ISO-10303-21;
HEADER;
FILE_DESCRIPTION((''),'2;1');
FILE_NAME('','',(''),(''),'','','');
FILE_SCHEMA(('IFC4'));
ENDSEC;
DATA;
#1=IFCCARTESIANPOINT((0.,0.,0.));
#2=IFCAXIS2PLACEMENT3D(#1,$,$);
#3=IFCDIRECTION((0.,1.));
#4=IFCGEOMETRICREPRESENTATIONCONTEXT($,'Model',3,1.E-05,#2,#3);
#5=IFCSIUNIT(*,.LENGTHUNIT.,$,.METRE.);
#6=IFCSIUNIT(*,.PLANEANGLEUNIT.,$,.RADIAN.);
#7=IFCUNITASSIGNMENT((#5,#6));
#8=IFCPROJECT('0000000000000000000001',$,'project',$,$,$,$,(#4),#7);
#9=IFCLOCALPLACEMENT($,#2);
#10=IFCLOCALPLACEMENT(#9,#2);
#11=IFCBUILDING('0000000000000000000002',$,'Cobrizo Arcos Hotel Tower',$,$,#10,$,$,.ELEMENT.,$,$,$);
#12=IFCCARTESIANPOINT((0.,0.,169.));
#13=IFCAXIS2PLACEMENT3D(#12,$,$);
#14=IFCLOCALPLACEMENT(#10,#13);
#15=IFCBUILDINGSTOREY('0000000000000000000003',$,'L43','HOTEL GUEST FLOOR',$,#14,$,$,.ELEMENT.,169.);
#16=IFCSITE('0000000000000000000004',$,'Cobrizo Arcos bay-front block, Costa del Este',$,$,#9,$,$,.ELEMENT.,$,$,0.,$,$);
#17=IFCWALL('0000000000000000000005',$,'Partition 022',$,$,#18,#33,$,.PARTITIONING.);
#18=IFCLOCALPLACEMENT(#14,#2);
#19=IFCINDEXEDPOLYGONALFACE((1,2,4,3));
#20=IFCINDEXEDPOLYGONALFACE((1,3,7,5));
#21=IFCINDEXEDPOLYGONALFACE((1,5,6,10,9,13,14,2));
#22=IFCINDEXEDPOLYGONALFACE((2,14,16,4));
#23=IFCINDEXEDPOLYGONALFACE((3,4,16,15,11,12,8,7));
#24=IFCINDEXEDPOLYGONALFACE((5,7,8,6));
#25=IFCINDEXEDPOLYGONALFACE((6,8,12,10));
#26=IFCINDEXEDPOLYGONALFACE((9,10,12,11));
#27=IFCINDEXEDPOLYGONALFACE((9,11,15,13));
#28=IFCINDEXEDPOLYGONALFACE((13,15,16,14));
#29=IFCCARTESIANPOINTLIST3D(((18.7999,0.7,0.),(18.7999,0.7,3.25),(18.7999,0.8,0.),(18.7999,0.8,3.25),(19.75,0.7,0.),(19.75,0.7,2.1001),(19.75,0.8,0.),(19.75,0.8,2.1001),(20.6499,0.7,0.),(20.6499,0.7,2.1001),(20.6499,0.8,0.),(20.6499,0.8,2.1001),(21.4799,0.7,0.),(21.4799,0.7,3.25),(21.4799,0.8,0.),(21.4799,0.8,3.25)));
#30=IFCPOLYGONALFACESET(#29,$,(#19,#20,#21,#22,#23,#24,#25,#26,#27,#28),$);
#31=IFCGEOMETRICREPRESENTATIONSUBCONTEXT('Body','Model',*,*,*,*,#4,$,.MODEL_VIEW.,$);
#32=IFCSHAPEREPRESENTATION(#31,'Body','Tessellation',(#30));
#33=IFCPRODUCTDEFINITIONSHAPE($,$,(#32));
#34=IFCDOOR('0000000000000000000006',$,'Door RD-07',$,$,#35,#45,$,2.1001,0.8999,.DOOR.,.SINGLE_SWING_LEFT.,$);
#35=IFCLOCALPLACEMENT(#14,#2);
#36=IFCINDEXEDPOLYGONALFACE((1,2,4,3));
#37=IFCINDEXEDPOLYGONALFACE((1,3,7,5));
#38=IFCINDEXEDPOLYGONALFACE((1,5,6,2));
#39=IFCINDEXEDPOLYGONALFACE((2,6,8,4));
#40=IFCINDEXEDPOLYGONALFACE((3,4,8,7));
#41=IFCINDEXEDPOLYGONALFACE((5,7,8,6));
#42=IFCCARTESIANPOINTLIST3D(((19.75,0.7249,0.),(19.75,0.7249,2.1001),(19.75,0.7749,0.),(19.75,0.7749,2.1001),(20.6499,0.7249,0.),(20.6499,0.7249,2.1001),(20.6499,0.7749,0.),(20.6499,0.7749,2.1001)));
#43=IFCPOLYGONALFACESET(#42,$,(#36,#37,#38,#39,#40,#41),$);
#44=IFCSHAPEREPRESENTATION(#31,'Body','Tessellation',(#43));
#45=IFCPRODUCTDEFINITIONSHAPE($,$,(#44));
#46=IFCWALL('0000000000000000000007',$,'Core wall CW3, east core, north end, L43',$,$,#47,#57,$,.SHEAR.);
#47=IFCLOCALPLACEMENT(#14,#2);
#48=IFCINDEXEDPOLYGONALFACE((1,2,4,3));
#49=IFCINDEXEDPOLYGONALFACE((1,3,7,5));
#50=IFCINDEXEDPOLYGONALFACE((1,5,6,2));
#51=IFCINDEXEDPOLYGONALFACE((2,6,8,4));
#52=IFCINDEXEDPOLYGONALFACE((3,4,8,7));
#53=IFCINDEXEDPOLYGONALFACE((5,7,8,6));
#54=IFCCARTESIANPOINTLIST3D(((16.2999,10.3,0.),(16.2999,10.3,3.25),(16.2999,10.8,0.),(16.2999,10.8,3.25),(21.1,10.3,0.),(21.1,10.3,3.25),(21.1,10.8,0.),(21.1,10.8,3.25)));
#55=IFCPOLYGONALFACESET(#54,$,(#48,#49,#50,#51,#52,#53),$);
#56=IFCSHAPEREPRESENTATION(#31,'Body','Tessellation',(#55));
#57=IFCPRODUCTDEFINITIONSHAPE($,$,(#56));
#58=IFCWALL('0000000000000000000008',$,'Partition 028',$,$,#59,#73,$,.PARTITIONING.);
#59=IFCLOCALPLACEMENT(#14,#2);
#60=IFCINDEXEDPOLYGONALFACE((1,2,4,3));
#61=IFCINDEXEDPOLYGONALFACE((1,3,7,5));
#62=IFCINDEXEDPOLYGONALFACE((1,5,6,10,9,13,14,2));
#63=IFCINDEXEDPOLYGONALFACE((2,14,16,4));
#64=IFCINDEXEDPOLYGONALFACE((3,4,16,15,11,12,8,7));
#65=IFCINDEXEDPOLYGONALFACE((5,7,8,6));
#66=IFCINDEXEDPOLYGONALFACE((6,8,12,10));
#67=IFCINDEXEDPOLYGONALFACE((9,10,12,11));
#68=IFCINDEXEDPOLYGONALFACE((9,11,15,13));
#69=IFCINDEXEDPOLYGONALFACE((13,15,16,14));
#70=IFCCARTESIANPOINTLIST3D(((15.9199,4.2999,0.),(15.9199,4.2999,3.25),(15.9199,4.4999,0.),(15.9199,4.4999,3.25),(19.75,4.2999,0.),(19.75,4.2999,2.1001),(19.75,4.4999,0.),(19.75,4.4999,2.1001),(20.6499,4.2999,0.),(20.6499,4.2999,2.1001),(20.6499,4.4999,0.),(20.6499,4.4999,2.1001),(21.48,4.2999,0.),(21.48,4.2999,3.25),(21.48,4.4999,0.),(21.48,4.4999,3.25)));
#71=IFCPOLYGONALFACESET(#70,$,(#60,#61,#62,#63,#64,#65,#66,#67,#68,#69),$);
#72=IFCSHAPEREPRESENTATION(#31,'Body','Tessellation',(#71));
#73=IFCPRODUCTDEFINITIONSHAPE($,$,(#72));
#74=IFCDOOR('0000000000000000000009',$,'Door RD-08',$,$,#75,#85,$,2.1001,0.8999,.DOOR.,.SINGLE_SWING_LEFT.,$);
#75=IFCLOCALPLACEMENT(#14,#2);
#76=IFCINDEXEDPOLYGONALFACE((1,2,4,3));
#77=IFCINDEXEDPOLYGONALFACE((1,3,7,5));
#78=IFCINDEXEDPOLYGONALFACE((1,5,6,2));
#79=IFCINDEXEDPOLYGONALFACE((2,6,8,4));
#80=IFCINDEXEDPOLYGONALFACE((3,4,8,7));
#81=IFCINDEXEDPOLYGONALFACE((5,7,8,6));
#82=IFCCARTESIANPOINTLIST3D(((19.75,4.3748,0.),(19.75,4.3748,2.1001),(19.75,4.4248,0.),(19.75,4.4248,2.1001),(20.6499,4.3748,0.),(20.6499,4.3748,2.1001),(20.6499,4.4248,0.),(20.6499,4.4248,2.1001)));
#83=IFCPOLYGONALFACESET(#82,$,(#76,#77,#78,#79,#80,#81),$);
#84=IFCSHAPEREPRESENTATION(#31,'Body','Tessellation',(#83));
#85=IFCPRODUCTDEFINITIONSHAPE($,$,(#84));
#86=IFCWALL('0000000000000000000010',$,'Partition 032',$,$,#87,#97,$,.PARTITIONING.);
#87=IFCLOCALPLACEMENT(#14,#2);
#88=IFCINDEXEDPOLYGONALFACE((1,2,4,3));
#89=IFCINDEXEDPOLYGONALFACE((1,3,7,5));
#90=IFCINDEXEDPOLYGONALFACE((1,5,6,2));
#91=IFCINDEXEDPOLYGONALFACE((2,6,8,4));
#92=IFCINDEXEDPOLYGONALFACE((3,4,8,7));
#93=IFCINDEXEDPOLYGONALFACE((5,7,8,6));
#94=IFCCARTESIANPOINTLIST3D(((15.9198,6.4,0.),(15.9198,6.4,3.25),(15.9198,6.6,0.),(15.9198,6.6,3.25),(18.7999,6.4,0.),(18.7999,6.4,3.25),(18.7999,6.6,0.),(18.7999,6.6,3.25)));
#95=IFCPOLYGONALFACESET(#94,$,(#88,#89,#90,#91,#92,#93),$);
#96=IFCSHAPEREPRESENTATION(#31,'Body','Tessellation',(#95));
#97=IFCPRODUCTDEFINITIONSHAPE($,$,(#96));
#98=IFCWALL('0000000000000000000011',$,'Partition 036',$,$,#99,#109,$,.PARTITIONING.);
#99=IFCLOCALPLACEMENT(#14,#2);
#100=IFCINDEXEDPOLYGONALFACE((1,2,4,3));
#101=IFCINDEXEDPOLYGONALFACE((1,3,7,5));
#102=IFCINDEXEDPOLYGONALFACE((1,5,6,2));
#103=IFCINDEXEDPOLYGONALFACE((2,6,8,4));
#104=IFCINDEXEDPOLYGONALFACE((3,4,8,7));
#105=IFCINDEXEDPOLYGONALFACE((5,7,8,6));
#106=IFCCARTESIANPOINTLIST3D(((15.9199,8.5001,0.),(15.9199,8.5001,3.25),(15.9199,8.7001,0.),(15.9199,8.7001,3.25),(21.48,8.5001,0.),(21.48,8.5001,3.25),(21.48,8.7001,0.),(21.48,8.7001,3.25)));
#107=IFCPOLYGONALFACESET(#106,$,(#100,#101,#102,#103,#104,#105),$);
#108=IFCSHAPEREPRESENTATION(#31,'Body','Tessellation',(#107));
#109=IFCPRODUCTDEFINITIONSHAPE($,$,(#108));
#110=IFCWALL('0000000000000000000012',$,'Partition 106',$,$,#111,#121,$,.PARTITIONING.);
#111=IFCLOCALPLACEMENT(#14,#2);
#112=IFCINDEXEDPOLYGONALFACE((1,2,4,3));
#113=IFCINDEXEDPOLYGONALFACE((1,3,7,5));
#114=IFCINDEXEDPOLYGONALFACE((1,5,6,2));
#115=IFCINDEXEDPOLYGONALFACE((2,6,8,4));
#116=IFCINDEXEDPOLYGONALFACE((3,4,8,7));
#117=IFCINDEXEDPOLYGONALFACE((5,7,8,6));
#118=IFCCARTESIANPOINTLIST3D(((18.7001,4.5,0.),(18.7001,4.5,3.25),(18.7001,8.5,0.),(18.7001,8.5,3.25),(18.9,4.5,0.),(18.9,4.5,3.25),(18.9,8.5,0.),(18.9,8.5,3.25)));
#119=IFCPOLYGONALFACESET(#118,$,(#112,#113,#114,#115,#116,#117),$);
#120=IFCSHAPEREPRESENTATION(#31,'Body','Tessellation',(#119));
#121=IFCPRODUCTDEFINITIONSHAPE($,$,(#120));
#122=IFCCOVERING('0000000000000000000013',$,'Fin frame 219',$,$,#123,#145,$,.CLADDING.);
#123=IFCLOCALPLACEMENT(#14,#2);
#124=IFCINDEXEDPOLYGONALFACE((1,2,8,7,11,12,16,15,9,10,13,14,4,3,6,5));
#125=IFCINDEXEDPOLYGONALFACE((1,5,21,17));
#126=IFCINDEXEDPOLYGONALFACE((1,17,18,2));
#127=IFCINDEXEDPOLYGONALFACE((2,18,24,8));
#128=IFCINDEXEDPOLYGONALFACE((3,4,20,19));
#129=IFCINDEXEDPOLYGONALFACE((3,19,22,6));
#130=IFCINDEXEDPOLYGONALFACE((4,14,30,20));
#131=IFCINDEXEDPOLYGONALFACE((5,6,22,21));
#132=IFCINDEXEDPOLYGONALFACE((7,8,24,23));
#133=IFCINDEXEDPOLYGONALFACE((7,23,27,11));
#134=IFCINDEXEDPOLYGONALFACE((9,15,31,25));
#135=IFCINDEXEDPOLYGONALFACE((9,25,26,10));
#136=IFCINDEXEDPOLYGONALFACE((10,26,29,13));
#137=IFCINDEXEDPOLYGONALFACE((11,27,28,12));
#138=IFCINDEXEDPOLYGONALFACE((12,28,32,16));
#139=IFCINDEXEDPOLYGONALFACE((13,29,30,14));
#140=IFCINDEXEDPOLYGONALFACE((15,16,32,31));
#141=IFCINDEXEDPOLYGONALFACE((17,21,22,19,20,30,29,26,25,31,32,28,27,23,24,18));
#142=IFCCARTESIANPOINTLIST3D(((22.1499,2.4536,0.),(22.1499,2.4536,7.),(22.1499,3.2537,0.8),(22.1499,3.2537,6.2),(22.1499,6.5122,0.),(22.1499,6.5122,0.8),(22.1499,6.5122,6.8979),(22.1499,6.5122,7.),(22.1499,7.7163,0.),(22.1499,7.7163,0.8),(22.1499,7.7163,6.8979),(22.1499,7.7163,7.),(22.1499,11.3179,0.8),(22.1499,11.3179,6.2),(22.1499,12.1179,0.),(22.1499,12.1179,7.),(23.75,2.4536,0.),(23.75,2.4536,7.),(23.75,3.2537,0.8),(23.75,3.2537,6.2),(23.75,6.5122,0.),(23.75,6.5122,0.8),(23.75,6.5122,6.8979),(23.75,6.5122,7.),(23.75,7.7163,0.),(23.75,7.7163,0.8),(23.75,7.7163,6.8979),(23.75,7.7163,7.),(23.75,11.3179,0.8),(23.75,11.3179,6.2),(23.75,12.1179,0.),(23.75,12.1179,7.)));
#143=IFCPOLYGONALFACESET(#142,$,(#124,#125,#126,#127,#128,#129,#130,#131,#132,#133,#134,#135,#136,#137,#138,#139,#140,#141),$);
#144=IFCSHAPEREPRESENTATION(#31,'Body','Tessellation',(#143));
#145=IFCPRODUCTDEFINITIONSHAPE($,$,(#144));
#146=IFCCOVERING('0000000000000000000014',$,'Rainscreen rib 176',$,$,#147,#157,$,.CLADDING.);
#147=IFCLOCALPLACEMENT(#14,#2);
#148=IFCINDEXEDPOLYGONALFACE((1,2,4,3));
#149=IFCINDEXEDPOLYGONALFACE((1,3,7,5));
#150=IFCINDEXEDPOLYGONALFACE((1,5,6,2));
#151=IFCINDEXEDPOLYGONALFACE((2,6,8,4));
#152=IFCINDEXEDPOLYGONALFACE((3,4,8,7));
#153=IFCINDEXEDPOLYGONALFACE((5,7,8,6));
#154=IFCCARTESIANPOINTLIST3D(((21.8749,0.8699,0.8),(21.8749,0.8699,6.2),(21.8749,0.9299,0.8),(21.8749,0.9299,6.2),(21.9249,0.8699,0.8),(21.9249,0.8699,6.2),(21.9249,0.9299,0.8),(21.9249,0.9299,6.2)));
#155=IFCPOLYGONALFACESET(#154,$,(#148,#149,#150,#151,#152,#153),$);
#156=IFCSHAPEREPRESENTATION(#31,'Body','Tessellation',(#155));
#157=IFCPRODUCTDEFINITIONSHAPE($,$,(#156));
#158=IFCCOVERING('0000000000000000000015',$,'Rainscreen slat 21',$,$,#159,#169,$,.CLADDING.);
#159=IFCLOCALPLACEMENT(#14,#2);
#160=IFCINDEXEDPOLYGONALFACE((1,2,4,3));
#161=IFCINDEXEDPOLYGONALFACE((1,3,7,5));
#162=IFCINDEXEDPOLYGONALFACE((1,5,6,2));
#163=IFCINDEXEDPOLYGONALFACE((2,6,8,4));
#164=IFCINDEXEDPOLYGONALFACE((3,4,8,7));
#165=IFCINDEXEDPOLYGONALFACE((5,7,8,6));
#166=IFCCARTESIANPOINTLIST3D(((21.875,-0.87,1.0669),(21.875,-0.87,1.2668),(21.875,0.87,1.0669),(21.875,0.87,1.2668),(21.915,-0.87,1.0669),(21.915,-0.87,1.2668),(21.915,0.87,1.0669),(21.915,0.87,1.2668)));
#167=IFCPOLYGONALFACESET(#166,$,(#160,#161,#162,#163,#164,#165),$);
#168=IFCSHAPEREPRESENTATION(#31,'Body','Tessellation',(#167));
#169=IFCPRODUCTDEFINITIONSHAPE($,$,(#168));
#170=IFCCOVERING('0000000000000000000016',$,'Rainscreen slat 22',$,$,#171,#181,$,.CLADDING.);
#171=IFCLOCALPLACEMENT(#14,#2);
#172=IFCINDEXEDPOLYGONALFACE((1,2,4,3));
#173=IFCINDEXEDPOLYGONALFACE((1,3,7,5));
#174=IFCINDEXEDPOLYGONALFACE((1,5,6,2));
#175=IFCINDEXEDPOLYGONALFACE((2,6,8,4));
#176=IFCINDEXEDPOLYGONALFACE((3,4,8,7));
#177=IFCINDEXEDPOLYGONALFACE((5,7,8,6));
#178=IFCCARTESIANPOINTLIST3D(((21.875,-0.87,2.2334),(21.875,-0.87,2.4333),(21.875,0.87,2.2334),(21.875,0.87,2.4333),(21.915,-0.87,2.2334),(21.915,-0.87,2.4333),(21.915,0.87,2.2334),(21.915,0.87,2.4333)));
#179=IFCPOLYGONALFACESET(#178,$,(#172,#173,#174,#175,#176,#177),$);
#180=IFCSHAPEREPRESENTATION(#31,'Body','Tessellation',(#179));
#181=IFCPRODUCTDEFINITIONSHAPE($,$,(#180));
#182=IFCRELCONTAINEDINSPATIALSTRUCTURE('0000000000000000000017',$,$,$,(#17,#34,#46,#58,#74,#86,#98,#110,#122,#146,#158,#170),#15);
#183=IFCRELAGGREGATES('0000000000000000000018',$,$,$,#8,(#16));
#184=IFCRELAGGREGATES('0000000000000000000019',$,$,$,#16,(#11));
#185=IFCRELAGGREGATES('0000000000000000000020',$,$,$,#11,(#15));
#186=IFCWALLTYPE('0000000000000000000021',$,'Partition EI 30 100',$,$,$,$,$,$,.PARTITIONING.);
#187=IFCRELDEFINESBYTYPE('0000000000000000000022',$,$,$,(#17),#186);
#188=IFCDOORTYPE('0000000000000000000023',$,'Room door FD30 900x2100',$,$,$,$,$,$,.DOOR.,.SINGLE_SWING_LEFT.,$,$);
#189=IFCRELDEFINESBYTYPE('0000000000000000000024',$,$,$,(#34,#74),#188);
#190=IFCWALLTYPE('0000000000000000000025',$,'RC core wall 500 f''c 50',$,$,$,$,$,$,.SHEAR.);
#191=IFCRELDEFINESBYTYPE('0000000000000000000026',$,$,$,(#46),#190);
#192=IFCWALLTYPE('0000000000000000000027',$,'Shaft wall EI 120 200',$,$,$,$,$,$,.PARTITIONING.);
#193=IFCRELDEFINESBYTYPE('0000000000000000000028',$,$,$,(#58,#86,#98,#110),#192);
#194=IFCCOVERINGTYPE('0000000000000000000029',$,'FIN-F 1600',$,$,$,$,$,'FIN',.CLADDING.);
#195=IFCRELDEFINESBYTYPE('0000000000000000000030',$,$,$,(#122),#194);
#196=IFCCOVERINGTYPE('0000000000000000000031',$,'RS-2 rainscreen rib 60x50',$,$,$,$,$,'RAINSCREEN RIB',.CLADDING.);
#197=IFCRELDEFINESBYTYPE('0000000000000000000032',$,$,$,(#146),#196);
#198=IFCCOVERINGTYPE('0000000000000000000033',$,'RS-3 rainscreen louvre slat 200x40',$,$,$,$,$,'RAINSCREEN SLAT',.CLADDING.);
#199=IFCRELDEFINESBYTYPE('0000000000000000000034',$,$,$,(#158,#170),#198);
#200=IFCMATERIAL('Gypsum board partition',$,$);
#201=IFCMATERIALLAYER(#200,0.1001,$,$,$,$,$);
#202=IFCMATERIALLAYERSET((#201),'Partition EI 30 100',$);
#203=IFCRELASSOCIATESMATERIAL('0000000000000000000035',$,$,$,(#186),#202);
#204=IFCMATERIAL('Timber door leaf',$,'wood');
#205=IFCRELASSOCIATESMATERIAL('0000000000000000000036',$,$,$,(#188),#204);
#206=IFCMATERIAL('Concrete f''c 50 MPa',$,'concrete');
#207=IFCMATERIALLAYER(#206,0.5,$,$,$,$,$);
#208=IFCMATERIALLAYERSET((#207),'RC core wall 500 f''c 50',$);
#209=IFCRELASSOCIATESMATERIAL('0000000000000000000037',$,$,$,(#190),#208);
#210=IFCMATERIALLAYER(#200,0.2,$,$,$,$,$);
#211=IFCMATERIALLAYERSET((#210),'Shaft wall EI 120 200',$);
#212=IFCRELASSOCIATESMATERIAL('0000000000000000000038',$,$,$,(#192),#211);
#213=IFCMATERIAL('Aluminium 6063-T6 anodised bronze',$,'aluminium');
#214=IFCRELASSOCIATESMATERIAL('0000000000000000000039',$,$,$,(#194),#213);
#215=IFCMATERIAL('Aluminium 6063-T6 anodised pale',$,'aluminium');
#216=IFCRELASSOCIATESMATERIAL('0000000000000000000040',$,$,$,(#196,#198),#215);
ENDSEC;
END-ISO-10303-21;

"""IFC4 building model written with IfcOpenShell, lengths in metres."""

from ifc_helpers import new_model, si_unit, direction, frame, frame_2d, origin, origin_2d, place, context, subcontext, project, spatial, polyline, rectangle, outline, extrude, material, layer, layer_set, type_object, element, fill, save


model = new_model("IFC4")

# Units and contexts
model_context = context("Model", 3, precision=1e-05, world=origin(), true_north=direction((0.0, 1.0)))
body_context = subcontext(model_context, "Body", "Model", "MODEL_VIEW")
ifc_project = project(units=[si_unit("LENGTHUNIT", "METRE"), si_unit("PLANEANGLEUNIT", "RADIAN")], contexts=[model_context])

# Site, building, storey
site_placement = place(None, origin())
site = spatial("IfcSite", under=ifc_project, at=site_placement, Name="Cobrizo Arcos bay-front block, Costa del Este", CompositionType="ELEMENT", RefElevation=0.0)
building_placement = place(site_placement, origin())
building = spatial("IfcBuilding", under=site, at=building_placement, Name="Cobrizo Arcos Hotel Tower", CompositionType="ELEMENT")
storey_placement = place(building_placement, frame((0.0, 0.0, 169.0)))
storey = spatial("IfcBuildingStorey", under=building, at=storey_placement, Name="L43", Description="HOTEL GUEST FLOOR", CompositionType="ELEMENT", Elevation=169.0)

# Shared definitions
ifc_material_1 = material(Name="Aluminium 6063-T6 anodised bronze", Category="aluminium")

# Wall, opening, door
ifc_material_2 = material(Name="Gypsum board partition")
ifc_layer_1 = layer(ifc_material_2, 0.1001)
ifc_layer_set_1 = layer_set([ifc_layer_1], Name="Partition EI 30 100")
wall_type_1 = type_object("IfcWallType", Name="Partition EI 30 100", PredefinedType="PARTITIONING", material=ifc_layer_set_1)
wall_1_placement = place(storey_placement, frame((18.8, 0.75, 0.0), z_axis=(0.0, 0.0, 1.0), x_axis=(1.0, 0.0, 0.0)))
wall_1 = element("IfcWall", 1, at=wall_1_placement, inside=storey, type_object=wall_type_1, Name="Partition 022", PredefinedType="PARTITIONING", context=body_context, shape_type="SweptSolid", body=[
    extrude(rectangle(XDim=2.6799, YDim=0.1001, at=frame_2d((1.3398, 0.0))), origin(), (0.0, 0.0, 1.0), 3.25),
])
opening_1_placement = place(wall_1_placement, frame((0.95, 0.0, 0.0)))
opening_1 = element("IfcOpeningElement", 2, at=opening_1_placement, cuts=wall_1, PredefinedType="OPENING", context=body_context, shape_type="SweptSolid", body=[
    extrude(rectangle(XDim=0.8999, YDim=2.1001, at=frame_2d((0.45, 1.05))), frame((0.0, 0.062, 0.0), z_axis=(0.0, -1.0, 0.0), x_axis=(1.0, 0.0, 0.0)), (0.0, 0.0, 1.0), 0.124),
])
ifc_material_3 = material(Name="Timber door leaf", Category="wood")
door_type = type_object("IfcDoorType", Name="Room door FD30 900x2100", OperationType="SINGLE_SWING_LEFT", PredefinedType="DOOR", material=ifc_material_3)
door_1_placement = place(opening_1_placement, origin())
door_1 = element("IfcDoor", 3, at=door_1_placement, inside=storey, type_object=door_type, Name="Door RD-07", OperationType="SINGLE_SWING_LEFT", OverallHeight=2.1001, OverallWidth=0.8999, PredefinedType="DOOR", context=body_context, shape_type="SweptSolid", body=[
    extrude(rectangle(XDim=0.8999, YDim=2.1001, at=frame_2d((0.45, 1.05))), frame((0.0, 0.0249, 0.0), z_axis=(0.0, -1.0, 0.0), x_axis=(1.0, 0.0, 0.0)), (0.0, 0.0, 1.0), 0.05),
])
fill(opening_1, door_1)

# Wall
ifc_material_4 = material(Name="Concrete f'c 50 MPa", Category="concrete")
ifc_layer_2 = layer(ifc_material_4, 0.5)
ifc_layer_set_2 = layer_set([ifc_layer_2], Name="RC core wall 500 f'c 50")
wall_type_2 = type_object("IfcWallType", Name="RC core wall 500 f'c 50", PredefinedType="SHEAR", material=ifc_layer_set_2)
wall_2_placement = place(storey_placement, frame((16.3, 10.55, 0.0), z_axis=(0.0, 0.0, 1.0), x_axis=(1.0, 0.0, 0.0)))
element("IfcWall", 4, at=wall_2_placement, inside=storey, type_object=wall_type_2, Name="Core wall CW3, east core, north end, L43", PredefinedType="SHEAR", context=body_context, shape_type="SweptSolid", body=[
    extrude(rectangle(XDim=4.8, YDim=0.5, at=frame_2d((2.3999, 0.0))), origin(), (0.0, 0.0, 1.0), 3.25),
])

# Wall, opening, door
ifc_layer_3 = layer(ifc_material_2, 0.2)
ifc_layer_set_3 = layer_set([ifc_layer_3], Name="Shaft wall EI 120 200")
wall_type_3 = type_object("IfcWallType", Name="Shaft wall EI 120 200", PredefinedType="PARTITIONING", material=ifc_layer_set_3)
wall_3_placement = place(storey_placement, frame((15.9199, 4.3999, 0.0), z_axis=(0.0, 0.0, 1.0), x_axis=(1.0, 0.0, 0.0)))
wall_3 = element("IfcWall", 5, at=wall_3_placement, inside=storey, type_object=wall_type_3, Name="Partition 028", PredefinedType="PARTITIONING", context=body_context, shape_type="SweptSolid", body=[
    extrude(rectangle(XDim=5.5601, YDim=0.2, at=frame_2d((2.78, 0.0))), origin(), (0.0, 0.0, 1.0), 3.25),
])
opening_2_placement = place(wall_3_placement, frame((3.8301, 0.0, 0.0)))
opening_2 = element("IfcOpeningElement", 6, at=opening_2_placement, cuts=wall_3, PredefinedType="OPENING", context=body_context, shape_type="SweptSolid", body=[
    extrude(rectangle(XDim=0.8999, YDim=2.1001, at=frame_2d((0.45, 1.05))), frame((0.0, 0.1121, 0.0), z_axis=(0.0, -1.0, 0.0), x_axis=(1.0, 0.0, 0.0)), (0.0, 0.0, 1.0), 0.2239),
])
door_2_placement = place(opening_2_placement, origin())
door_2 = element("IfcDoor", 7, at=door_2_placement, inside=storey, type_object=door_type, Name="Door RD-08", OperationType="SINGLE_SWING_LEFT", OverallHeight=2.1001, OverallWidth=0.8999, PredefinedType="DOOR", context=body_context, shape_type="SweptSolid", body=[
    extrude(rectangle(XDim=0.8999, YDim=2.1001, at=frame_2d((0.45, 1.05))), frame((0.0, 0.0249, 0.0), z_axis=(0.0, -1.0, 0.0), x_axis=(1.0, 0.0, 0.0)), (0.0, 0.0, 1.0), 0.05),
])
fill(opening_2, door_2)

# Walls
wall_4_placement = place(storey_placement, frame((15.9199, 6.5, 0.0), z_axis=(0.0, 0.0, 1.0), x_axis=(1.0, 0.0, 0.0)))
element("IfcWall", 8, at=wall_4_placement, inside=storey, type_object=wall_type_3, Name="Partition 032", PredefinedType="PARTITIONING", context=body_context, shape_type="SweptSolid", body=[
    extrude(rectangle(XDim=2.8801, YDim=0.2, at=frame_2d((1.4399, 0.0))), origin(), (0.0, 0.0, 1.0), 3.25),
])
wall_5_placement = place(storey_placement, frame((15.9199, 8.6001, 0.0), z_axis=(0.0, 0.0, 1.0), x_axis=(1.0, 0.0, 0.0)))
element("IfcWall", 9, at=wall_5_placement, inside=storey, type_object=wall_type_3, Name="Partition 036", PredefinedType="PARTITIONING", context=body_context, shape_type="SweptSolid", body=[
    extrude(rectangle(XDim=5.5601, YDim=0.2, at=frame_2d((2.78, 0.0))), origin(), (0.0, 0.0, 1.0), 3.25),
])
wall_6_placement = place(storey_placement, frame((18.8, 4.5, 0.0), z_axis=(0.0, 0.0, 1.0), x_axis=(0.0, 1.0, 0.0)))
element("IfcWall", 10, at=wall_6_placement, inside=storey, type_object=wall_type_3, Name="Partition 106", PredefinedType="PARTITIONING", context=body_context, shape_type="SweptSolid", body=[
    extrude(rectangle(XDim=4.0, YDim=0.2, at=frame_2d((2.0, 0.0))), origin(), (0.0, 0.0, 1.0), 3.25),
])

# Coverings
covering_type_1 = type_object("IfcCoveringType", Name="FIN-F 1600", ElementType="FIN", PredefinedType="CLADDING", material=ifc_material_1)
covering_1_placement = place(storey_placement, frame((22.1499, 2.4536, 0.0), z_axis=(1.0, 0.0, 0.0), x_axis=(0.0, 1.0, 0.0)))
element("IfcCovering", 11, at=covering_1_placement, inside=storey, type_object=covering_type_1, Name="Fin frame 219", PredefinedType="CLADDING", context=body_context, shape_type="SweptSolid", body=[
    extrude(outline(polyline([(0.0, 0.0), (4.0586, 0.0), (4.0586, 0.8), (0.8, 0.8), (0.8, 6.2), (8.8643, 6.2), (8.8643, 0.8), (5.2627, 0.8), (5.2627, 0.0), (9.6643, 0.0), (9.6643, 7.0), (5.2627, 7.0), (5.2627, 6.8979), (4.0586, 6.8979), (4.0586, 7.0), (0.0, 7.0), (0.0, 0.0)])), origin(), (0.0, 0.0, 1.0), 1.6001),
])
ifc_material_5 = material(Name="Aluminium 6063-T6 anodised pale", Category="aluminium")
covering_type_2 = type_object("IfcCoveringType", Name="RS-2 rainscreen rib 60x50", ElementType="RAINSCREEN RIB", PredefinedType="CLADDING", material=ifc_material_5)
covering_2_placement = place(storey_placement, frame((21.8999, 0.8999, 0.8), z_axis=(0.0, 0.0, 1.0), x_axis=(0.0, 1.0, 0.0)))
element("IfcCovering", 12, at=covering_2_placement, inside=storey, type_object=covering_type_2, Name="Rainscreen rib 176", PredefinedType="CLADDING", context=body_context, shape_type="SweptSolid", body=[
    extrude(rectangle(XDim=0.0601, YDim=0.05, at=origin_2d()), origin(), (0.0, 0.0, 1.0), 5.3999),
])
covering_type_3 = type_object("IfcCoveringType", Name="RS-3 rainscreen louvre slat 200x40", ElementType="RAINSCREEN SLAT", PredefinedType="CLADDING", material=ifc_material_5)
for number, where, z_axis, x_axis, name in (
    (13, (21.895, 0.0, 1.0669), (0.0, 0.0, 1.0), (0.0, 1.0, 0.0), "Rainscreen slat 21"),
    (14, (21.895, 0.0, 2.2334), (0.0, 0.0, 1.0), (0.0, 1.0, 0.0), "Rainscreen slat 22"),
):
    element("IfcCovering", number, at=place(storey_placement, frame(where, z_axis=z_axis, x_axis=x_axis)), inside=storey, type_object=covering_type_3, Name=name, PredefinedType="CLADDING", context=body_context, shape_type="SweptSolid", body=[
        extrude(rectangle(XDim=1.74, YDim=0.04, at=origin_2d()), origin(), (0.0, 0.0, 1.0), 0.2),
    ])

save(model, "model.ifc")
